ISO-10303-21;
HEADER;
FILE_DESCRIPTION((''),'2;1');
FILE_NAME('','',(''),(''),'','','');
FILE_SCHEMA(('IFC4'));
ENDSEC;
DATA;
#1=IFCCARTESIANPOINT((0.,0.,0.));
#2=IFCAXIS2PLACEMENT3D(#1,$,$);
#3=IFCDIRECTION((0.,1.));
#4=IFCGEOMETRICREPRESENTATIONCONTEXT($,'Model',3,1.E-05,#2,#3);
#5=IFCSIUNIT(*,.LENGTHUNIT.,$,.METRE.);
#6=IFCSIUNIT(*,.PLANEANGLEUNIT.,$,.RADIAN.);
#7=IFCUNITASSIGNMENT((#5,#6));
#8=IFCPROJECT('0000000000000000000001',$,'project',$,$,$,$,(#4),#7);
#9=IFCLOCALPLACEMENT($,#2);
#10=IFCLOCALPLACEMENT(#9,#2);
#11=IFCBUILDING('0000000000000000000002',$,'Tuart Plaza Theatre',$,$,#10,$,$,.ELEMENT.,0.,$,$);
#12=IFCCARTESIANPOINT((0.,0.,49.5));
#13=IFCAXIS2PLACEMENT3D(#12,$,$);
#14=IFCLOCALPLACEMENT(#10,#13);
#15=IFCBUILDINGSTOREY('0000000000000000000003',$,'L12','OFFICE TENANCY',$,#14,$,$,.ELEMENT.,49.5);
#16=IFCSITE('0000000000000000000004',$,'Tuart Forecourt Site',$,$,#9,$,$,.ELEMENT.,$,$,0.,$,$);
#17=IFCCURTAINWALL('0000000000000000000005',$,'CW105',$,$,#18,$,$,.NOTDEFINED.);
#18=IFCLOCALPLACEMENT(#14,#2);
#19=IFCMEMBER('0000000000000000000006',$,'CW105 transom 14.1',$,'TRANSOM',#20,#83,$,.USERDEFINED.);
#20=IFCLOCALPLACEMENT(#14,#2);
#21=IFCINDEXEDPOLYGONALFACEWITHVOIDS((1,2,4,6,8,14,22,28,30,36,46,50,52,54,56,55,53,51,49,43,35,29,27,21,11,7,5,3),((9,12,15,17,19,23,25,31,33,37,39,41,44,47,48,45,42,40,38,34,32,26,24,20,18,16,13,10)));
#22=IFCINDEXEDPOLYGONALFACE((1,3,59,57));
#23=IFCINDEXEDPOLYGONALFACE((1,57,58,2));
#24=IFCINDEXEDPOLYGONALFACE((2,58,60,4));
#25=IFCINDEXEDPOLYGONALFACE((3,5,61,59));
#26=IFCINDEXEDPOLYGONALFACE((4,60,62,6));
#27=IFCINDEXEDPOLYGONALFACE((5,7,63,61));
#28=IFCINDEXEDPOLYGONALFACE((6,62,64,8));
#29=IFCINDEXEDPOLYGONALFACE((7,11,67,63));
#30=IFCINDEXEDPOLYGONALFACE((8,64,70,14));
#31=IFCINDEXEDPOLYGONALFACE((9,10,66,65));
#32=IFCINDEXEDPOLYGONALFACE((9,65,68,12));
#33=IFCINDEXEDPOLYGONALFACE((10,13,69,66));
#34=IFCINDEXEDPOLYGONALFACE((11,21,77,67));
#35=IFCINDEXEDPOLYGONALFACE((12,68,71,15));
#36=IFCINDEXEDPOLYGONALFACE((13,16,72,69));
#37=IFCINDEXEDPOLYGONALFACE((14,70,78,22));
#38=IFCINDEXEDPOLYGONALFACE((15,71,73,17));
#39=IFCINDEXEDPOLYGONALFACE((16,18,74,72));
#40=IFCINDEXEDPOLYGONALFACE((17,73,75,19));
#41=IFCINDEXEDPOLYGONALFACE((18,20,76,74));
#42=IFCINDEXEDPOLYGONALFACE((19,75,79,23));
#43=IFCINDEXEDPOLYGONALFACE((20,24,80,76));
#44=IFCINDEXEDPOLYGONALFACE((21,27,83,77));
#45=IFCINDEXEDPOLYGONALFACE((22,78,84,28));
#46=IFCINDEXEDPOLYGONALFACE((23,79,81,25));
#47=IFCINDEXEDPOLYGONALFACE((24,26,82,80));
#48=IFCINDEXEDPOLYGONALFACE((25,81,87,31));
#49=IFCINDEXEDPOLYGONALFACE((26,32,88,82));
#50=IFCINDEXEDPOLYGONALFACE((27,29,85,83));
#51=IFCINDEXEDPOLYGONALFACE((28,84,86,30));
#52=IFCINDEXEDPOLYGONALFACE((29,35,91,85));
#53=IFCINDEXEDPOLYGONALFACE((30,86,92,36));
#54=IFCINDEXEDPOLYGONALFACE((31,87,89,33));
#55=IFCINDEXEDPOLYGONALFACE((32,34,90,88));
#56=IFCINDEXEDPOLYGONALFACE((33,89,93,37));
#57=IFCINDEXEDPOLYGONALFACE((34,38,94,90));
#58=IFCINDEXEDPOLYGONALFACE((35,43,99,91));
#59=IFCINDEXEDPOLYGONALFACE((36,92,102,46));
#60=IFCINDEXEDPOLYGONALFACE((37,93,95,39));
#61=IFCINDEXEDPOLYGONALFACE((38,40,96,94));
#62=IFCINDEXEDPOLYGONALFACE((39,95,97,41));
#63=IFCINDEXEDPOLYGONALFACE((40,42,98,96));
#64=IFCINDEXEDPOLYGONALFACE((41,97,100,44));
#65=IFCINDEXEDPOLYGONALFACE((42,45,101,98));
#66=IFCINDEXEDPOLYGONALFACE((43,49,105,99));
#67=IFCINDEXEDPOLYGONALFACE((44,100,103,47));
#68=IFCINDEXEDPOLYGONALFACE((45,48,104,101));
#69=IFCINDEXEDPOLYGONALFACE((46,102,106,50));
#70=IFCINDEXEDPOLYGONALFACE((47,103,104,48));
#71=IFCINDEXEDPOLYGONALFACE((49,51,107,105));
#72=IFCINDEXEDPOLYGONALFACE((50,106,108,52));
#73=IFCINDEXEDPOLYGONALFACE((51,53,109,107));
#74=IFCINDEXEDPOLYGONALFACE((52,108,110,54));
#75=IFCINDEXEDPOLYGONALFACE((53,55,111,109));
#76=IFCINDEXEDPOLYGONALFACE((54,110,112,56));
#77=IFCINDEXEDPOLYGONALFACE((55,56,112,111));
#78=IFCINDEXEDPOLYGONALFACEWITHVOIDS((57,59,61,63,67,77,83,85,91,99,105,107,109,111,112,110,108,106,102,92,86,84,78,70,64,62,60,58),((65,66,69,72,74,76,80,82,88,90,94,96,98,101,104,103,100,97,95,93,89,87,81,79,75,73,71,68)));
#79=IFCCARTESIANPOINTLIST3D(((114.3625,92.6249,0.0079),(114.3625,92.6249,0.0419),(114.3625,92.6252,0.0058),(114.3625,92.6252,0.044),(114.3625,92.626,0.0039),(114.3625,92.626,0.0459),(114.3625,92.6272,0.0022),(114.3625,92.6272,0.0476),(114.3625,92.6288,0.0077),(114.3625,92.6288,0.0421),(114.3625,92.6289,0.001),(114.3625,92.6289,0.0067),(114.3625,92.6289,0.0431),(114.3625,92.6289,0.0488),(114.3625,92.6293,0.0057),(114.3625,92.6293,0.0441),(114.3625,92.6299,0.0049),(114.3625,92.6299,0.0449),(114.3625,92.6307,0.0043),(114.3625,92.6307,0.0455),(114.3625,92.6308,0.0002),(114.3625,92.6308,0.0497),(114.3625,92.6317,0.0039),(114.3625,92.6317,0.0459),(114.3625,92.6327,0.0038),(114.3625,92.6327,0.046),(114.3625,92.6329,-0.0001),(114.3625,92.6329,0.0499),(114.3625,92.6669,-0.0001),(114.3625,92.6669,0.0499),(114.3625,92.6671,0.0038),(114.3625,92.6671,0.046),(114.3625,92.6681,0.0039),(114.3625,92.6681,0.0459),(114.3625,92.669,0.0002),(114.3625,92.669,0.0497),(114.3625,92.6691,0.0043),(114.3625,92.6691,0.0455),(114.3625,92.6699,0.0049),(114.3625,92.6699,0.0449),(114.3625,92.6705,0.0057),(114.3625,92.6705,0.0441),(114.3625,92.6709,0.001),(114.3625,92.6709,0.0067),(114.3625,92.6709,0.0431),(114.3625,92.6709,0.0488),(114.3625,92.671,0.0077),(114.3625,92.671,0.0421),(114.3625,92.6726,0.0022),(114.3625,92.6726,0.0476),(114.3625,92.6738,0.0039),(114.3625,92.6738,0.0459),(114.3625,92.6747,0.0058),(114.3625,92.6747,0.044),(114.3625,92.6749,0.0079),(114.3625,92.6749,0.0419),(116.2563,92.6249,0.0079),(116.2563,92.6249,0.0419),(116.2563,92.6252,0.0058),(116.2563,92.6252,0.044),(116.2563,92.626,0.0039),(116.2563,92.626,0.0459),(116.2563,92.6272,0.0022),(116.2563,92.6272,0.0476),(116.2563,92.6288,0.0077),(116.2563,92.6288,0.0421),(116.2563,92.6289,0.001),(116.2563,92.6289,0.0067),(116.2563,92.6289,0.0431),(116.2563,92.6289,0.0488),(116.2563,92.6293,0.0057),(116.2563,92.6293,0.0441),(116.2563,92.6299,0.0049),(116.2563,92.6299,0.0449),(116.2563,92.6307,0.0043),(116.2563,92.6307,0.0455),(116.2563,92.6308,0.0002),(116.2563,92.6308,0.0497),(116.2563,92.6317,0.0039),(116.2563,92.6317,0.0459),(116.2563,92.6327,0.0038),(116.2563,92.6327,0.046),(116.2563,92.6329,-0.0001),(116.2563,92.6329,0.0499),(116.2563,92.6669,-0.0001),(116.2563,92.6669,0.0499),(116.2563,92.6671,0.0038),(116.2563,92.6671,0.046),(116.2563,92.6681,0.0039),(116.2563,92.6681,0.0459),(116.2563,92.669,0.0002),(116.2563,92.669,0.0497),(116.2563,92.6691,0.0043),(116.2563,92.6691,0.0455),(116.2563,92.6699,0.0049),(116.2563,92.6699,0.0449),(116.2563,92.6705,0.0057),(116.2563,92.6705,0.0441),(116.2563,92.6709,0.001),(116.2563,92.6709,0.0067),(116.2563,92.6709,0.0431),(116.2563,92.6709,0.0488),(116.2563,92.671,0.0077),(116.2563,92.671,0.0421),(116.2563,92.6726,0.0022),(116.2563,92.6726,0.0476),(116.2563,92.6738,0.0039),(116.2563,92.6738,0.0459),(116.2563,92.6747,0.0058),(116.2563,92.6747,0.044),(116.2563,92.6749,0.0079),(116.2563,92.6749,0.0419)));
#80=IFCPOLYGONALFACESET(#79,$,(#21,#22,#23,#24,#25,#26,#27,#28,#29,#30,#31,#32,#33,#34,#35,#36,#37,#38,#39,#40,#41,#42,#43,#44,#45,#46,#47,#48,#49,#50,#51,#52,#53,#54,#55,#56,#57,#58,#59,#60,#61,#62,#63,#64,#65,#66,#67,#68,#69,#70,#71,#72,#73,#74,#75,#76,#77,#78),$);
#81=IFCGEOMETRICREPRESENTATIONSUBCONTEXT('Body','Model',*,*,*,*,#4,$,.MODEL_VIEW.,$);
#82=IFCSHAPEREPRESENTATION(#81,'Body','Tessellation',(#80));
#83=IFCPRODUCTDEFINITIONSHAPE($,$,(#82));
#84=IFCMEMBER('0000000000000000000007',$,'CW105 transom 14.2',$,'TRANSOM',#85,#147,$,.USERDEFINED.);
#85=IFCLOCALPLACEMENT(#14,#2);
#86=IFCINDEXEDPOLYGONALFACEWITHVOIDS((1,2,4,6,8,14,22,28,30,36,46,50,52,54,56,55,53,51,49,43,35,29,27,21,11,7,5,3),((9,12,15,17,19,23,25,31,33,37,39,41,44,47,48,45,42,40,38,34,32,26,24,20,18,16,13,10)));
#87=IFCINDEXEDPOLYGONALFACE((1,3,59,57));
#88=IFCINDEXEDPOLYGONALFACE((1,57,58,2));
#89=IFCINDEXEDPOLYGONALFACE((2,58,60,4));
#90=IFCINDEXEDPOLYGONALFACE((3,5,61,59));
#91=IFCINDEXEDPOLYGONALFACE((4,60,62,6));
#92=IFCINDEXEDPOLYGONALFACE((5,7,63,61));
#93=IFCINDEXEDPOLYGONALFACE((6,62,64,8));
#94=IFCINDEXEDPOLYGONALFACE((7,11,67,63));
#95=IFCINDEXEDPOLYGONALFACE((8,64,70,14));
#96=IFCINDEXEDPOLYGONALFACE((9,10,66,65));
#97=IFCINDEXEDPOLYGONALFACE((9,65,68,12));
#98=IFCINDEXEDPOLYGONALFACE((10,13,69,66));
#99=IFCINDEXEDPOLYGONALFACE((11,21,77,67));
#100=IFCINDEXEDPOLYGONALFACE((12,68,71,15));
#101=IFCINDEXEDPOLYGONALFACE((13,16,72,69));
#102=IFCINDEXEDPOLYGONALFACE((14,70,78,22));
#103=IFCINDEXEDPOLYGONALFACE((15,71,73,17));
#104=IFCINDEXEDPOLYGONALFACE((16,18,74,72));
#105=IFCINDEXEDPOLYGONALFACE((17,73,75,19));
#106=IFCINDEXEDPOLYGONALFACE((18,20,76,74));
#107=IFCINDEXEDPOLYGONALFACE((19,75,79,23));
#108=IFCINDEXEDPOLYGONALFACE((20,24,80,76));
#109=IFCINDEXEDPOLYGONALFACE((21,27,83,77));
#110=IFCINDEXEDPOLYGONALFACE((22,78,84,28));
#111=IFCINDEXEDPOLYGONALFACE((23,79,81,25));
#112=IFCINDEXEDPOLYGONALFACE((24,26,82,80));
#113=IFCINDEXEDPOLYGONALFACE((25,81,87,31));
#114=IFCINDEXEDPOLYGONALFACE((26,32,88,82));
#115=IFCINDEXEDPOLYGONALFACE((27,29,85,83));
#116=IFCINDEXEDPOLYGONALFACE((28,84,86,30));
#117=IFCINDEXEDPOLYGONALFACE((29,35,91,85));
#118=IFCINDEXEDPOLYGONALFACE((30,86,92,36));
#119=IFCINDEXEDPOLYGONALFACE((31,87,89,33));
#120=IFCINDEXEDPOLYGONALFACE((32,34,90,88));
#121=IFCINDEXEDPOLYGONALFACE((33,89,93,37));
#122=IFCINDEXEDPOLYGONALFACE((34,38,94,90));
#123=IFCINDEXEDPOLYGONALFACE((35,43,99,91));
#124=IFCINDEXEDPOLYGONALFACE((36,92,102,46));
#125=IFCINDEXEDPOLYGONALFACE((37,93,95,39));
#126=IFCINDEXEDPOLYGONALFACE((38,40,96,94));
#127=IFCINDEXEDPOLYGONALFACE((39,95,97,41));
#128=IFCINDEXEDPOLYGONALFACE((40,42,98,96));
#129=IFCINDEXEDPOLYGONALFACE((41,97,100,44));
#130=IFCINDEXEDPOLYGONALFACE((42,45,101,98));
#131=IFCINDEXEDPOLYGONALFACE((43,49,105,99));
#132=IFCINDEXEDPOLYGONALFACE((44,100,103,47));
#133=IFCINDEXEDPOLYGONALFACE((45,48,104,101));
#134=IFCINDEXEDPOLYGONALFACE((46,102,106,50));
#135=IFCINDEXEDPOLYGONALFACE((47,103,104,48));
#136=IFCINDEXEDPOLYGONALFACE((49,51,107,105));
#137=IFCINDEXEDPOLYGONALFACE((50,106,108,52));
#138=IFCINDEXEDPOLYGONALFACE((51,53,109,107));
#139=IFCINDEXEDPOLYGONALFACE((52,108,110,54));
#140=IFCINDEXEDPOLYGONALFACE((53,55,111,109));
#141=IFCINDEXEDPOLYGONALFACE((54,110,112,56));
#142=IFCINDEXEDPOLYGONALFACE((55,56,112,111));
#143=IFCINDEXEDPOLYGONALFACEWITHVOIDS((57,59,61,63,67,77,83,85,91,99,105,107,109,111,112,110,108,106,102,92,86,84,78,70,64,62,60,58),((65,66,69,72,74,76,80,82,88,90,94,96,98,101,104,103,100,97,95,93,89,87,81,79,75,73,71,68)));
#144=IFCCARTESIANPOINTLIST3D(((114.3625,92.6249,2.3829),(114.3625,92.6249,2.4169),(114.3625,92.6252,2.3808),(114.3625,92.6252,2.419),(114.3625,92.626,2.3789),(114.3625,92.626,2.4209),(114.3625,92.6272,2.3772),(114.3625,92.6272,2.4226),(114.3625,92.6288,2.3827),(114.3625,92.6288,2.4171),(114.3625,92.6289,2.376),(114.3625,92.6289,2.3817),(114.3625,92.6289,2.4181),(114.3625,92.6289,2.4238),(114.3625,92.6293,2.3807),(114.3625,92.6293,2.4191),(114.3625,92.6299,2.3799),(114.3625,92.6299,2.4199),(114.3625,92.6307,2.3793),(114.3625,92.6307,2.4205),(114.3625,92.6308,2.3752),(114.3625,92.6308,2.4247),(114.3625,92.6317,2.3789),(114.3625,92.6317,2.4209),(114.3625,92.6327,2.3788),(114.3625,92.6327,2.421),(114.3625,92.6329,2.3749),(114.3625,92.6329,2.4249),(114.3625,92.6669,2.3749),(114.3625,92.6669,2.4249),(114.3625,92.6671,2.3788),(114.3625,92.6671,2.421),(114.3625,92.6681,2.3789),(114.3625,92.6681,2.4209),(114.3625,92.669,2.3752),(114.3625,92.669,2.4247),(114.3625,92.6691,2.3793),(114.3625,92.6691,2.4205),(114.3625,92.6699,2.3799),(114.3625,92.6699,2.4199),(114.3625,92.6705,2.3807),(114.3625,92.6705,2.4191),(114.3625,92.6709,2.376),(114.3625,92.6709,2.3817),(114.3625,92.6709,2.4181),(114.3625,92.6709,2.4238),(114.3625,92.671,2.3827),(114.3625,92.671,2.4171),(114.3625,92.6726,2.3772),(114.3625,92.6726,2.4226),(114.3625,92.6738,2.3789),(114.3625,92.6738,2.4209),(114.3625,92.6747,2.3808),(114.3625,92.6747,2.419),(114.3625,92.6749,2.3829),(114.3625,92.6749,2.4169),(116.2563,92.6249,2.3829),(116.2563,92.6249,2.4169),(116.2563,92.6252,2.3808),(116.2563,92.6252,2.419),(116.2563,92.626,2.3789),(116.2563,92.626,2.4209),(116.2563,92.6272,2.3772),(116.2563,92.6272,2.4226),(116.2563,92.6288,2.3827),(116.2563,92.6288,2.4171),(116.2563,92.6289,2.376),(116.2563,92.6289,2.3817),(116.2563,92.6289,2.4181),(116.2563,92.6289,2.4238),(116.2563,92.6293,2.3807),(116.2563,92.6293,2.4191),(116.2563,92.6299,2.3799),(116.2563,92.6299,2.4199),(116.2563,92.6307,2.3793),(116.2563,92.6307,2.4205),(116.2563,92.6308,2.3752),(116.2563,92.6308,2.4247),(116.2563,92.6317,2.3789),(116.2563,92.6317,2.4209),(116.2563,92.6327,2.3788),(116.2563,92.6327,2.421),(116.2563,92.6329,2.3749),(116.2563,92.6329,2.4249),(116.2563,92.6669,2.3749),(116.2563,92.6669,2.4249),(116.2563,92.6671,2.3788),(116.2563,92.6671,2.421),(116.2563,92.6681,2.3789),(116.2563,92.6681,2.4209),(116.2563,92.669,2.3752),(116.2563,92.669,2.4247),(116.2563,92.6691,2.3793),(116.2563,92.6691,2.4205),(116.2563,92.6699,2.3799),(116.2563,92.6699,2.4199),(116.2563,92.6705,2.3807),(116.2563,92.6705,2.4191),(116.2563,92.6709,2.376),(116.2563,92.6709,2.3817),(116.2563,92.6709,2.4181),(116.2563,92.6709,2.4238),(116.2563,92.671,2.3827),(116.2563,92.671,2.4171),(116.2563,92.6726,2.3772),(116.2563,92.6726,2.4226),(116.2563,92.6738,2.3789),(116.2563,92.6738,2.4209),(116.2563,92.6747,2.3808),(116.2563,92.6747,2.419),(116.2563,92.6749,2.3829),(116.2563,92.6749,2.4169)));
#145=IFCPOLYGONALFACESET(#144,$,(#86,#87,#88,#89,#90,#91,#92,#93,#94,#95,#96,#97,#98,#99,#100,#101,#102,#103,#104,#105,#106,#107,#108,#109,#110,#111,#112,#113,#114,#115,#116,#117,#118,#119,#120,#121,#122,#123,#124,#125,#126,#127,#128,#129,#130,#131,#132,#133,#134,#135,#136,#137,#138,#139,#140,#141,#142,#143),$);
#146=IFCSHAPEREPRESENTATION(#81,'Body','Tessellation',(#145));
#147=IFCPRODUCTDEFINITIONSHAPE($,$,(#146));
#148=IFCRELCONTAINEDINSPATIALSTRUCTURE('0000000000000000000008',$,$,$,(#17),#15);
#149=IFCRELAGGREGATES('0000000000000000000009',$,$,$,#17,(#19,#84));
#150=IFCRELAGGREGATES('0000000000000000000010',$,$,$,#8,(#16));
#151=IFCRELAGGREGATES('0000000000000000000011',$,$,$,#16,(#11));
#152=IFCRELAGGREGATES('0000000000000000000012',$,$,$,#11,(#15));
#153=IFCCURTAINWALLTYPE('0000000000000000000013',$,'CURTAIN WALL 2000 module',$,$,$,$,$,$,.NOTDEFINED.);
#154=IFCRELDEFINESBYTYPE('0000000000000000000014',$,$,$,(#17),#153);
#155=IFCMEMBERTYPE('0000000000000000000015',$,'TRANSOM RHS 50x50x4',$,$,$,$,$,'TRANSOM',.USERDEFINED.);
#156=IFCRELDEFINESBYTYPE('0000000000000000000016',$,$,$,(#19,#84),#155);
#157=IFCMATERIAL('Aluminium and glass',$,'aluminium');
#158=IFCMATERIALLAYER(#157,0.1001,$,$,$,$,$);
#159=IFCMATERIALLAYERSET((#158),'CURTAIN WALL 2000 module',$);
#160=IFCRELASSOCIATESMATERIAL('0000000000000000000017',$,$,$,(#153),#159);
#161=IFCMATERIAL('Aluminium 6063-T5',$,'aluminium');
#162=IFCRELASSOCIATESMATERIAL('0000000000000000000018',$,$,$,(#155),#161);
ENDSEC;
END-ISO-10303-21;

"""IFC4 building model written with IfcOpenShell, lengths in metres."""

from ifc_helpers import new_model, si_unit, direction, frame, origin, origin_2d, place, context, subcontext, project, spatial, hollow_rectangle, extrude, material, layer, layer_set, material_profile, profile_set, type_object, element, aggregate, save


model = new_model("IFC4")

# Units and contexts
model_context = context("Model", 3, precision=1e-05, world=origin(), true_north=direction((0.0, 1.0)))
body_context = subcontext(model_context, "Body", "Model", "MODEL_VIEW")
ifc_project = project(units=[si_unit("LENGTHUNIT", "METRE"), si_unit("PLANEANGLEUNIT", "RADIAN")], contexts=[model_context])

# Site, building, storey
site_placement = place(None, origin())
site = spatial("IfcSite", under=ifc_project, at=site_placement, Name="Tuart Forecourt Site", CompositionType="ELEMENT", RefElevation=0.0)
building_placement = place(site_placement, origin())
building = spatial("IfcBuilding", under=site, at=building_placement, Name="Tuart Plaza Theatre", CompositionType="ELEMENT", ElevationOfRefHeight=0.0)
storey_placement = place(building_placement, frame((0.0, 0.0, 49.5)))
storey = spatial("IfcBuildingStorey", under=building, at=storey_placement, Name="L12", Description="OFFICE TENANCY", CompositionType="ELEMENT", Elevation=49.5)

# Curtain wall, members
ifc_material_1 = material(Name="Aluminium and glass", Category="aluminium")
ifc_layer_1 = layer(ifc_material_1, 0.1001)
ifc_layer_set_1 = layer_set([ifc_layer_1], Name="CURTAIN WALL 2000 module")
curtain_wall_type = type_object("IfcCurtainWallType", Name="CURTAIN WALL 2000 module", PredefinedType="NOTDEFINED", material=ifc_layer_set_1)
curtain_wall_placement = place(storey_placement, origin())
curtain_wall = element("IfcCurtainWall", 1, at=curtain_wall_placement, inside=storey, type_object=curtain_wall_type, Name="CW105", PredefinedType="NOTDEFINED")
ifc_material_2 = material(Name="Aluminium 6063-T5", Category="aluminium")
ifc_material_profile_1 = material_profile(ifc_material_2, hollow_rectangle(XDim=0.05, YDim=0.05, WallThickness=0.0039, InnerFilletRadius=0.0039, OuterFilletRadius=0.0081, at=origin_2d()), Name="RHS 50x50x4")
ifc_profile_set_1 = profile_set([ifc_material_profile_1], Name="Aluminium 6063-T5")
member_type_1 = type_object("IfcMemberType", Name="TRANSOM RHS 50x50x4", ElementType="TRANSOM", PredefinedType="USERDEFINED", material=ifc_profile_set_1)
member_1_placement = place(storey_placement, frame((116.2563, 92.6499, 0.0249), z_axis=(-1.0, 0.0, 0.0), x_axis=(0.0, -1.0, 0.0)))
member_1 = element("IfcMember", 2, at=member_1_placement, type_object=member_type_1, Name="CW105 transom 14.1", ObjectType="TRANSOM", PredefinedType="USERDEFINED", context=body_context, shape_type="SweptSolid", body=[
    extrude(hollow_rectangle(XDim=0.05, YDim=0.05, WallThickness=0.0039, InnerFilletRadius=0.0039, OuterFilletRadius=0.0081, at=origin_2d()), origin(), (0.0, 0.0, 1.0), 1.8938),
])
member_2_placement = place(storey_placement, frame((116.2563, 92.6499, 2.3999), z_axis=(-1.0, 0.0, 0.0), x_axis=(0.0, -1.0, 0.0)))
member_2 = element("IfcMember", 3, at=member_2_placement, type_object=member_type_1, Name="CW105 transom 14.2", ObjectType="TRANSOM", PredefinedType="USERDEFINED", context=body_context, shape_type="SweptSolid", body=[
    extrude(hollow_rectangle(XDim=0.05, YDim=0.05, WallThickness=0.0039, InnerFilletRadius=0.0039, OuterFilletRadius=0.0081, at=origin_2d()), origin(), (0.0, 0.0, 1.0), 1.8938),
])
aggregate(curtain_wall, [member_1, member_2])

save(model, "model.ifc")
